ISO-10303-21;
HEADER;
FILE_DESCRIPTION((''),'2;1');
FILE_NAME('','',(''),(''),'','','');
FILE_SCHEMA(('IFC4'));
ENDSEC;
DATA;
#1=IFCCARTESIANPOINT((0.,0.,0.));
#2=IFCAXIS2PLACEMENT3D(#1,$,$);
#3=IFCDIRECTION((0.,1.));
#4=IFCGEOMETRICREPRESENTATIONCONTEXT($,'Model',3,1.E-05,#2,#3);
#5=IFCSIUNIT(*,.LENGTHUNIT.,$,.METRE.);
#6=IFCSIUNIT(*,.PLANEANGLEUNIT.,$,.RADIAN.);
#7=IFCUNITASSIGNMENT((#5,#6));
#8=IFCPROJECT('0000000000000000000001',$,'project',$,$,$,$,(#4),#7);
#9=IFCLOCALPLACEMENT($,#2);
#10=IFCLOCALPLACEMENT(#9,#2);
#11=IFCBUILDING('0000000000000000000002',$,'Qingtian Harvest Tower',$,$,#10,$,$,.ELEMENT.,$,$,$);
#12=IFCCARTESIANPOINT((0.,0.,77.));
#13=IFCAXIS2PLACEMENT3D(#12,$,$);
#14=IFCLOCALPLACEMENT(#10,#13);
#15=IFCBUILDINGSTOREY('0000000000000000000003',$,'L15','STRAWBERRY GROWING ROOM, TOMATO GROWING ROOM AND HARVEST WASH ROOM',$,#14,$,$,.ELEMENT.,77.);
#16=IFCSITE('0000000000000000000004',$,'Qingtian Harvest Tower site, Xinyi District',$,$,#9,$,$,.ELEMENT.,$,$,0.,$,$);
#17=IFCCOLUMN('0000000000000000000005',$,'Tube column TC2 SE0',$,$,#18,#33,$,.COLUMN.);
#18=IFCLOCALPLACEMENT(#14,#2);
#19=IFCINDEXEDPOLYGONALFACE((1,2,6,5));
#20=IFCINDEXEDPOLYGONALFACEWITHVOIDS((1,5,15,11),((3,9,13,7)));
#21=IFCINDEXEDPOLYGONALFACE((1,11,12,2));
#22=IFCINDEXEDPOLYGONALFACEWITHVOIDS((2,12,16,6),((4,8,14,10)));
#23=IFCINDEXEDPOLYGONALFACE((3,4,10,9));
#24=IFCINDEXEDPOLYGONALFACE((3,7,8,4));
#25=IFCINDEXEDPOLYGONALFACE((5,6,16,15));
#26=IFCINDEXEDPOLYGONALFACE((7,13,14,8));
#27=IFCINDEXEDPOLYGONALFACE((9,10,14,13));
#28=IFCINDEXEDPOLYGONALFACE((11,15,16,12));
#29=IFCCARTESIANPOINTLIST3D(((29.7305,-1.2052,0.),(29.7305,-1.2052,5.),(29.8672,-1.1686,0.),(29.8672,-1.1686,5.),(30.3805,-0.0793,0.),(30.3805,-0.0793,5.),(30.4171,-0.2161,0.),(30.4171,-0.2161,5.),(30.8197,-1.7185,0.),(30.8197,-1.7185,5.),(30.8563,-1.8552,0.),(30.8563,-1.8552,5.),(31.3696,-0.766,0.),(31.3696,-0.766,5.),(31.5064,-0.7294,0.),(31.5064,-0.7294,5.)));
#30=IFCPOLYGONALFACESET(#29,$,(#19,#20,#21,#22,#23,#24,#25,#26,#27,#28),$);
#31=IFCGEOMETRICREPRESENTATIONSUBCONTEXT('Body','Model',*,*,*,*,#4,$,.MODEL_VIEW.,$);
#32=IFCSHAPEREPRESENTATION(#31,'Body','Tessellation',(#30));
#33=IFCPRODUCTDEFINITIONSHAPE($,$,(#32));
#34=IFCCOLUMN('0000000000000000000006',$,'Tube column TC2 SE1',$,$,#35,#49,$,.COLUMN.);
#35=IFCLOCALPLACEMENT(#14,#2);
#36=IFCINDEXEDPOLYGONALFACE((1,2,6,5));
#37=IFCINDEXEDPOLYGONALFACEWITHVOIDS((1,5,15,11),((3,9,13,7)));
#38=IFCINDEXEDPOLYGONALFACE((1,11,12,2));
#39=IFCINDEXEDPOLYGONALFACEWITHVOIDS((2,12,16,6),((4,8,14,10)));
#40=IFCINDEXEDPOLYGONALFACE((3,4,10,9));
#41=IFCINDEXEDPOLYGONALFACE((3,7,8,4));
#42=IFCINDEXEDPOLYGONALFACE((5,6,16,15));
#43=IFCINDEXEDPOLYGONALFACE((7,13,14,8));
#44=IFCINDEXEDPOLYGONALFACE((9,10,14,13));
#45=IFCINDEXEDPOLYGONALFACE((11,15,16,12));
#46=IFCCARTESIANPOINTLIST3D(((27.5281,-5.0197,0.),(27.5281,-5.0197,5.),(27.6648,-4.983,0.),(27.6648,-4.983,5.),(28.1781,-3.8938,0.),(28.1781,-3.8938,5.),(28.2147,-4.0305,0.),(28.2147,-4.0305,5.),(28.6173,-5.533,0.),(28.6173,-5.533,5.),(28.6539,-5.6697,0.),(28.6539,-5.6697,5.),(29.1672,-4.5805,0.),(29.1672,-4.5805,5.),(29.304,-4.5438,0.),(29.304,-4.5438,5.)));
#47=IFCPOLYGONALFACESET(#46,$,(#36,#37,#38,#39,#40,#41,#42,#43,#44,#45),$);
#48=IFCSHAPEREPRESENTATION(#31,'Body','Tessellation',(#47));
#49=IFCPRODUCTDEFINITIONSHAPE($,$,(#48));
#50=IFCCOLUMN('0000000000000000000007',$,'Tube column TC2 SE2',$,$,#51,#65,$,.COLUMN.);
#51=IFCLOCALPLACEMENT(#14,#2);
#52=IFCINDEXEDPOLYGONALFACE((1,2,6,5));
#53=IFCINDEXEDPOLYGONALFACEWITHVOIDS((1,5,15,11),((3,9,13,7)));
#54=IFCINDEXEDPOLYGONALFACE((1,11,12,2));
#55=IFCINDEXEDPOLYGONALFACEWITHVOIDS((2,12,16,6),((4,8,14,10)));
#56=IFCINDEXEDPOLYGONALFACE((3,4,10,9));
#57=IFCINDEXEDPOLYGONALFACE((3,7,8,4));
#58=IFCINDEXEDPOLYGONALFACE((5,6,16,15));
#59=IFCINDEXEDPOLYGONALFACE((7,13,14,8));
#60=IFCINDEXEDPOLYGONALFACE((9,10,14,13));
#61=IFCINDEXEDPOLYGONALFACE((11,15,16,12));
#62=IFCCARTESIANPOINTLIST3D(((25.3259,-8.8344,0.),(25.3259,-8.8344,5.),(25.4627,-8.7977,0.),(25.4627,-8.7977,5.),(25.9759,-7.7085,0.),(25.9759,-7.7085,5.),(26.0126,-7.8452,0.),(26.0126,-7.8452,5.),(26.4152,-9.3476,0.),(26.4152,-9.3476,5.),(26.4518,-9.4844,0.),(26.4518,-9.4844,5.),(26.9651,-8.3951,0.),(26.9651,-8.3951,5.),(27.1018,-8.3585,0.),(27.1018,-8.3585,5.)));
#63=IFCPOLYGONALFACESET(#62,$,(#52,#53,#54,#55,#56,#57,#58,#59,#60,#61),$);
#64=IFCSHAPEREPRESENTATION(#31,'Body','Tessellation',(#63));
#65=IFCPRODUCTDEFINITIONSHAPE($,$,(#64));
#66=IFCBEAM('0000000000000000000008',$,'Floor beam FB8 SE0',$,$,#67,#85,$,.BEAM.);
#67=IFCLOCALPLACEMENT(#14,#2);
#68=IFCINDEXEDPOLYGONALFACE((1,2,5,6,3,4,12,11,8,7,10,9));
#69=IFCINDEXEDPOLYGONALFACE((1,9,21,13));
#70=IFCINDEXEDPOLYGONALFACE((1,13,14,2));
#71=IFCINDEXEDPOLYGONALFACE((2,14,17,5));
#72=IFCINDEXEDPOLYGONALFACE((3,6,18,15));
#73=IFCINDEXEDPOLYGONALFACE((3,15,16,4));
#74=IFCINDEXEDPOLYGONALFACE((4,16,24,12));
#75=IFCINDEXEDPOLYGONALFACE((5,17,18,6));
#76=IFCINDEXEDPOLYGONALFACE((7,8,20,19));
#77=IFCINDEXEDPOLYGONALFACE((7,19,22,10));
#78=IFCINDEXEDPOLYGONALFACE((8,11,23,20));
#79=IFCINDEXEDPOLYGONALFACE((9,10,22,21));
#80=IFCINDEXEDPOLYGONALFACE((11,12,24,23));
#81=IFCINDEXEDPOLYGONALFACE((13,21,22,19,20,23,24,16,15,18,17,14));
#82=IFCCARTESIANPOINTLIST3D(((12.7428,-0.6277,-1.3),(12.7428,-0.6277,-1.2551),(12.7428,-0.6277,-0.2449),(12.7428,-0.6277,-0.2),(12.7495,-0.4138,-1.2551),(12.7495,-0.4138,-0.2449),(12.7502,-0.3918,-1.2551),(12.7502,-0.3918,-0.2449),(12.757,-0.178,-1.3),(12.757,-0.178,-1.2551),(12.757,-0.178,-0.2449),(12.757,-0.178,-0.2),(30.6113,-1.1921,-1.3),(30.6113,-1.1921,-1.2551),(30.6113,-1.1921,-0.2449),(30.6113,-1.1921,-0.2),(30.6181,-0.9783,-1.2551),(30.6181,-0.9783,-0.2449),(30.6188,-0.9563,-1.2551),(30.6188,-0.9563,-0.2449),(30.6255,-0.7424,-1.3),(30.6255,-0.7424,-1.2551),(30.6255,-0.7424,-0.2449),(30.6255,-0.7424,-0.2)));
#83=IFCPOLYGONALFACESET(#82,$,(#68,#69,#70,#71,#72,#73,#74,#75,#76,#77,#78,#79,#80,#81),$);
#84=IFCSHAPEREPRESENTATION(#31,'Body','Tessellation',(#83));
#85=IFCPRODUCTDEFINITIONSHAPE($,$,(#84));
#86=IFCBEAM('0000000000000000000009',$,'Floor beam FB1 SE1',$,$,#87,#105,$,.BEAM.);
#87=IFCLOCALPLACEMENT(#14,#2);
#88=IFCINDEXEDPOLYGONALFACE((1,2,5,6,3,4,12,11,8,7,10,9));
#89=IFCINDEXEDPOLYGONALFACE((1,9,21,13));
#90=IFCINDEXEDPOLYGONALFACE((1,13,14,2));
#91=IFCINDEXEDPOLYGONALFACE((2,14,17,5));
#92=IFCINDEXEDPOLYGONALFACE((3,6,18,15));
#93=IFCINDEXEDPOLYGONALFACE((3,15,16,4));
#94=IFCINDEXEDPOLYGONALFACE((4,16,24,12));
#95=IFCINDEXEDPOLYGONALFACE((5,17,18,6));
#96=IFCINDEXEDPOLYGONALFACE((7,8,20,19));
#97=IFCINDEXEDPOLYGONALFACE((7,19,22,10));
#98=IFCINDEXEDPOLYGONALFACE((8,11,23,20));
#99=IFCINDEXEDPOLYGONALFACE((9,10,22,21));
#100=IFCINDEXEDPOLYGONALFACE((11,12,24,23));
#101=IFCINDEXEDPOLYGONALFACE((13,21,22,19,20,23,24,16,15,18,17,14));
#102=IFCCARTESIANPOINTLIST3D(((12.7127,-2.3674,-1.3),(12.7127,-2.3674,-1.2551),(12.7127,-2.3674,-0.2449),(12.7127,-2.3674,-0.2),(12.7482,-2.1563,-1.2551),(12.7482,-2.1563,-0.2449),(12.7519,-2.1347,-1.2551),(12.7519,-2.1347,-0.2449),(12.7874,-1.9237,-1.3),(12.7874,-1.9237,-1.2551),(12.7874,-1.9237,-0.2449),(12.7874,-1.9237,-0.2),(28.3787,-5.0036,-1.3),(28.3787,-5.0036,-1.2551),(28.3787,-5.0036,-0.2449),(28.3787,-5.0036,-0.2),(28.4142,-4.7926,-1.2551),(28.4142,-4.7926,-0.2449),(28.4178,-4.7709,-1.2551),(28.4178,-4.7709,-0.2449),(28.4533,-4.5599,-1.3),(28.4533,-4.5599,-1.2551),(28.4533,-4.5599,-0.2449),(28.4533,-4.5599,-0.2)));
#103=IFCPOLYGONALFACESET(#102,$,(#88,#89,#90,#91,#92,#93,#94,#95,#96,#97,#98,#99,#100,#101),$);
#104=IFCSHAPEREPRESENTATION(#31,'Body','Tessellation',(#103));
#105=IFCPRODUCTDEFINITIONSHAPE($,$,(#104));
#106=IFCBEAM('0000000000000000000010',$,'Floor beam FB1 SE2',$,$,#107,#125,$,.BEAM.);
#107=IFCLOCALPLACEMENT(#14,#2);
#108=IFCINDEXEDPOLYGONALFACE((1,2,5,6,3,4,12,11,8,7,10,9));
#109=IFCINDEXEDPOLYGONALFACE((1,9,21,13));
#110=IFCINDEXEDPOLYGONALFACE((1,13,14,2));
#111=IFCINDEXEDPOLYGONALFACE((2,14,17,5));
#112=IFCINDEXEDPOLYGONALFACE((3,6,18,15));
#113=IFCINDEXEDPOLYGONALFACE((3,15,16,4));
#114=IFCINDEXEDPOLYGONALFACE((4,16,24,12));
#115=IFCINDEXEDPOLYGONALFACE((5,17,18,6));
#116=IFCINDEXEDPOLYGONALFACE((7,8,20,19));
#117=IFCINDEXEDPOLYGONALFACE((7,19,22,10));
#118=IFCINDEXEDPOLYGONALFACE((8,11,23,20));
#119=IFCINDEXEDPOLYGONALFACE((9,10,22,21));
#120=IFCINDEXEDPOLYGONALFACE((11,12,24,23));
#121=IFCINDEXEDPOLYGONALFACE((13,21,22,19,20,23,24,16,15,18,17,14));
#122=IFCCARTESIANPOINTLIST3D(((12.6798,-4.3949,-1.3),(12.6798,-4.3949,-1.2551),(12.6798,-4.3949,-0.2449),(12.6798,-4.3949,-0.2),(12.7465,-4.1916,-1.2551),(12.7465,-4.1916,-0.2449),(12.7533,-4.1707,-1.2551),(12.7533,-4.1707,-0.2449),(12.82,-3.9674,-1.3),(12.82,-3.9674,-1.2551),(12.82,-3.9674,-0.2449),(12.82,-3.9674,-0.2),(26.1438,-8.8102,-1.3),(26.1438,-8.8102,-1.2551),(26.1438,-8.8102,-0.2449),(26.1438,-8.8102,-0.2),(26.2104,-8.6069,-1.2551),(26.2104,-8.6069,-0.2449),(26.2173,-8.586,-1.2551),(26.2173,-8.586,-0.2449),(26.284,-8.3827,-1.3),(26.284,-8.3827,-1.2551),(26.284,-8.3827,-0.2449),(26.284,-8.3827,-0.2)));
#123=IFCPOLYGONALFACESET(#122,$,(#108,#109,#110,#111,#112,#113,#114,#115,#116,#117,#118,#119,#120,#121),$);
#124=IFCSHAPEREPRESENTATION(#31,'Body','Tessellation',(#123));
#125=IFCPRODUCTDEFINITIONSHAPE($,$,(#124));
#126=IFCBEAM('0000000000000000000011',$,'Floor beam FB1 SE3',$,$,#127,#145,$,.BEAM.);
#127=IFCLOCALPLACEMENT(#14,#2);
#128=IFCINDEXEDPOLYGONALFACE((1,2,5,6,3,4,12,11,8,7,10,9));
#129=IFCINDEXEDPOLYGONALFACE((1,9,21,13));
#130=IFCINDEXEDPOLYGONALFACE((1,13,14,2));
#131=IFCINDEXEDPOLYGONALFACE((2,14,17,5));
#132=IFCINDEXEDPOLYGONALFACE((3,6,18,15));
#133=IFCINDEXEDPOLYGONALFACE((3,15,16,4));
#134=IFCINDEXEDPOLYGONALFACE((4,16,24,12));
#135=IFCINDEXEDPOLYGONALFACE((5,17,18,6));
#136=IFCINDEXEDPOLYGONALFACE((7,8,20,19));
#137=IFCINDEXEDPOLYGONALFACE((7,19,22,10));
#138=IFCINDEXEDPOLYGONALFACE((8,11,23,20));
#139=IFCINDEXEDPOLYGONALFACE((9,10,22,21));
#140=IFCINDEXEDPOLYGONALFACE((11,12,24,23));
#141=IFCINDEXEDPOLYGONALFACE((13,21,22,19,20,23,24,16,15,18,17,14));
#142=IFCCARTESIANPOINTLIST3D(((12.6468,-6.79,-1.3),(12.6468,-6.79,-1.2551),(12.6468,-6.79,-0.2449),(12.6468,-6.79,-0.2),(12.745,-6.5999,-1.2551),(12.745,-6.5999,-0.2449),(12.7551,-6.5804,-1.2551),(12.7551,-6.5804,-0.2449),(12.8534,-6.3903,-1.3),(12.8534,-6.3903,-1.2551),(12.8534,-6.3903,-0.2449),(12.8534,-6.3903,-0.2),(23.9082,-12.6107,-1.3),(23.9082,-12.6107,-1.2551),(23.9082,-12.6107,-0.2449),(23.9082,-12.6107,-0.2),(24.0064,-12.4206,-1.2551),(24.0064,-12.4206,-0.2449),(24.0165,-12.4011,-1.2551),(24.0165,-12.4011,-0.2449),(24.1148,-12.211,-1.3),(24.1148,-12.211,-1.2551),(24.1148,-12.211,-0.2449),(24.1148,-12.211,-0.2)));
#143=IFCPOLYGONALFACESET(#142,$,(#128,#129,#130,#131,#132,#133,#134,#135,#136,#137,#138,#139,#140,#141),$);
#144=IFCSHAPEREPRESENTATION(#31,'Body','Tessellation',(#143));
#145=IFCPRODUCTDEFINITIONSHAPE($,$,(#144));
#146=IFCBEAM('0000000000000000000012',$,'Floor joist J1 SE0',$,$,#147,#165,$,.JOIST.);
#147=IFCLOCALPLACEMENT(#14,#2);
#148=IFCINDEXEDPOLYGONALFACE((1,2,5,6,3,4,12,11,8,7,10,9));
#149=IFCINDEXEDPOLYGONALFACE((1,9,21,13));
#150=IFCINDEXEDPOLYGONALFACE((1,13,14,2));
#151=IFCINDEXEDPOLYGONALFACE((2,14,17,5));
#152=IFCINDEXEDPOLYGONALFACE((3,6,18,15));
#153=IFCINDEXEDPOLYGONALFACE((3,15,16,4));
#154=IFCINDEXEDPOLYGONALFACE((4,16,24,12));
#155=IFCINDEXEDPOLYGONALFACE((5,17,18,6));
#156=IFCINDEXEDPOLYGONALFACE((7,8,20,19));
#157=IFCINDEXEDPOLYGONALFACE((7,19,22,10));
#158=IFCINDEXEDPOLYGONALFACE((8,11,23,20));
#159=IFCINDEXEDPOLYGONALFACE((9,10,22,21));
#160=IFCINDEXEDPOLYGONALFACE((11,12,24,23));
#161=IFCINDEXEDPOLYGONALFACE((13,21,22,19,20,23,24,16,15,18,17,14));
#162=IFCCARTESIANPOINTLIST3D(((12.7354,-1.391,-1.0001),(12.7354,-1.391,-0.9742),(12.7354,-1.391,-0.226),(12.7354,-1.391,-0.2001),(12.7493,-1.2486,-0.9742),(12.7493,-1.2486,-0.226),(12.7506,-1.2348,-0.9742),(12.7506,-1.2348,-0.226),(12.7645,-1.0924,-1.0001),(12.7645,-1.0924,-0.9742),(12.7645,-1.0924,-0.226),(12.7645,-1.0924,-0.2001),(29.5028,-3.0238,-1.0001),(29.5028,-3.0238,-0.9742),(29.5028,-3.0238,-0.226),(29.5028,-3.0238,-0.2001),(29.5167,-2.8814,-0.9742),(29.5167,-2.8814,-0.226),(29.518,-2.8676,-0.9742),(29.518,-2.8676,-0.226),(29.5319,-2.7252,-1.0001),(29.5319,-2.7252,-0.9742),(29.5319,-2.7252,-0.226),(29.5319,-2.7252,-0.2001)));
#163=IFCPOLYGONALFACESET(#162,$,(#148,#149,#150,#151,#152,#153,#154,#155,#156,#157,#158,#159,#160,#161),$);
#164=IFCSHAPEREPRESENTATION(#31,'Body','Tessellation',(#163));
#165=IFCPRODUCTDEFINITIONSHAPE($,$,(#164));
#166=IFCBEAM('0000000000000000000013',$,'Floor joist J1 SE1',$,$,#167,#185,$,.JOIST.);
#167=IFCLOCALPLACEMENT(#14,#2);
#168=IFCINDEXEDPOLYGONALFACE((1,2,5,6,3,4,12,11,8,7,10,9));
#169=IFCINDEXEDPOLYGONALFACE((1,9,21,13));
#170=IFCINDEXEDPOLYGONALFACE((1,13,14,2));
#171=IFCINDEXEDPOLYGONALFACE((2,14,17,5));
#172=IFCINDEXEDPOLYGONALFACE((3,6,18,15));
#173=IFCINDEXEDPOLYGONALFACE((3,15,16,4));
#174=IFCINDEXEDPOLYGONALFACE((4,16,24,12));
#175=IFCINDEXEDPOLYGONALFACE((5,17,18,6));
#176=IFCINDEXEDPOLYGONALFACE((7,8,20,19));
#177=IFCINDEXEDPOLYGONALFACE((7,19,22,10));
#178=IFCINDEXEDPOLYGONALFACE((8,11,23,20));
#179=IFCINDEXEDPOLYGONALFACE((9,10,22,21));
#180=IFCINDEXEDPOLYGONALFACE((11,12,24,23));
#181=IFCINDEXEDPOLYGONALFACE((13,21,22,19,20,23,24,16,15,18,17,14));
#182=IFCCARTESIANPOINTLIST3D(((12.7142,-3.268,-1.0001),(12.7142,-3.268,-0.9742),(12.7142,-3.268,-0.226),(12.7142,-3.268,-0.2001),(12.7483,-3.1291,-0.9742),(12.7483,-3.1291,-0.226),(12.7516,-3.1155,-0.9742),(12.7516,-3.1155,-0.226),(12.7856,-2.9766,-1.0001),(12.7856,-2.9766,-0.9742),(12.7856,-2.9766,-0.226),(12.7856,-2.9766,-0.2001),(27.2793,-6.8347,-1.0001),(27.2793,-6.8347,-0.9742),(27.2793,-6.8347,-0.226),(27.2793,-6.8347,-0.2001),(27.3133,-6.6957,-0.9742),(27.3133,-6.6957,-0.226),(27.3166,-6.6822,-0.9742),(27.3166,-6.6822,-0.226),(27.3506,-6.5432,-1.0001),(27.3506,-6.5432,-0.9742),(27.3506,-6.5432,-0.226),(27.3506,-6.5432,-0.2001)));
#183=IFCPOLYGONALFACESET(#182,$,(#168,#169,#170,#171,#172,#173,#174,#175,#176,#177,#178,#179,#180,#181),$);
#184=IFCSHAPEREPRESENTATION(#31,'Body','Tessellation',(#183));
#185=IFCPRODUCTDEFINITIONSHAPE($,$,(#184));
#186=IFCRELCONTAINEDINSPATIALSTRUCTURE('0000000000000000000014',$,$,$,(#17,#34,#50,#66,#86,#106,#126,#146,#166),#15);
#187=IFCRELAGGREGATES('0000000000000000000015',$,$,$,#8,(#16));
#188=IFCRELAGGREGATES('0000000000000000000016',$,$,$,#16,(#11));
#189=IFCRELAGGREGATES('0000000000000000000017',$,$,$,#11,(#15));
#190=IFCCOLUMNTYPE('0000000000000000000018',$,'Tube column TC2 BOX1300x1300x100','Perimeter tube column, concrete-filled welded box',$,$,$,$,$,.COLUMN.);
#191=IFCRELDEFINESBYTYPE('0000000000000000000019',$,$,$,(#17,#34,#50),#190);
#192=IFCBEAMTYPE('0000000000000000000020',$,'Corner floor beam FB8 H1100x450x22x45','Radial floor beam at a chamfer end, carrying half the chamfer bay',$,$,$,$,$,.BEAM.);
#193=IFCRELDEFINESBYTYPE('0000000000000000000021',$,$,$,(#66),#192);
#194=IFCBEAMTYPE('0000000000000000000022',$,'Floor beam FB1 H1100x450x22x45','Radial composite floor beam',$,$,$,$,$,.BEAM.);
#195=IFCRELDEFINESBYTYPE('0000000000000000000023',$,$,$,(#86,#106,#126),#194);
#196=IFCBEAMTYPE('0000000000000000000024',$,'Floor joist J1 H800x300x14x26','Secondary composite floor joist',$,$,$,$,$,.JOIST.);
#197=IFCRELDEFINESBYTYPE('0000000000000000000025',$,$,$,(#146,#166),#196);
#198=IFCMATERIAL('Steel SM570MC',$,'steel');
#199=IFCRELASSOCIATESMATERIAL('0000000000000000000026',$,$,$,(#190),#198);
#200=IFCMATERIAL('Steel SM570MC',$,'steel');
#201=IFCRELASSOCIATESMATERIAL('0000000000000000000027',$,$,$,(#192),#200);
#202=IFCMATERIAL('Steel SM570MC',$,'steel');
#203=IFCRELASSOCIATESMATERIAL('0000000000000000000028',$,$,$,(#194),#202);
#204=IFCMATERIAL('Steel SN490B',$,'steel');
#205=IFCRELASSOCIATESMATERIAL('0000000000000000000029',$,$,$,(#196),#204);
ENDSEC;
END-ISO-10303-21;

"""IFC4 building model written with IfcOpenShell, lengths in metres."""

from ifc_helpers import new_model, si_unit, direction, frame, origin, origin_2d, place, context, subcontext, project, spatial, hollow_rectangle, i_section, extrude, material, material_profile, profile_set, type_object, element, save


model = new_model("IFC4")

# Units and contexts
model_context = context("Model", 3, precision=1e-05, world=origin(), true_north=direction((0.0, 1.0)))
body_context = subcontext(model_context, "Body", "Model", "MODEL_VIEW")
ifc_project = project(units=[si_unit("LENGTHUNIT", "METRE"), si_unit("PLANEANGLEUNIT", "RADIAN")], contexts=[model_context])

# Site, building, storey
site_placement = place(None, origin())
site = spatial("IfcSite", under=ifc_project, at=site_placement, Name="Qingtian Harvest Tower site, Xinyi District", CompositionType="ELEMENT", RefElevation=0.0)
building_placement = place(site_placement, origin())
building = spatial("IfcBuilding", under=site, at=building_placement, Name="Qingtian Harvest Tower", CompositionType="ELEMENT")
storey_placement = place(building_placement, frame((0.0, 0.0, 77.0)))
storey = spatial("IfcBuildingStorey", under=building, at=storey_placement, Name="L15", Description="STRAWBERRY GROWING ROOM, TOMATO GROWING ROOM AND HARVEST WASH ROOM", CompositionType="ELEMENT", Elevation=77.0)

# Columns
ifc_material_1 = material(Name="Steel SM570MC", Category="steel")
ifc_material_profile_1 = material_profile(ifc_material_1, hollow_rectangle(XDim=1.3, YDim=1.3, WallThickness=0.1001, at=origin_2d()), Name="BOX1300x1300x100")
ifc_profile_set_1 = profile_set([ifc_material_profile_1], Name="Steel SM570MC")
column_type = type_object("IfcColumnType", Name="Tube column TC2 BOX1300x1300x100", Description="Perimeter tube column, concrete-filled welded box", PredefinedType="COLUMN", material=ifc_profile_set_1)
for number, where, z_axis, x_axis, name in (
    (1, (30.6184, -0.9673, 0.0), (0.0, 0.0, 1.0), (0.5, 0.866025, 0.0), "Tube column TC2 SE0"),
    (2, (28.416, -4.7817, 0.0), (0.0, 0.0, 1.0), (0.5, 0.866025, 0.0), "Tube column TC2 SE1"),
    (3, (26.2139, -8.5964, 0.0), (0.0, 0.0, 1.0), (0.5, 0.866025, 0.0), "Tube column TC2 SE2"),
):
    element("IfcColumn", number, at=place(storey_placement, frame(where, z_axis=z_axis, x_axis=x_axis)), inside=storey, type_object=column_type, Name=name, PredefinedType="COLUMN", context=body_context, shape_type="SweptSolid", body=[
        extrude(hollow_rectangle(XDim=1.3, YDim=1.3, WallThickness=0.1001, at=origin_2d()), origin(), (0.0, 0.0, 1.0), 5.0),
    ])

# Beams
ifc_material_2 = material(Name="Steel SM570MC", Category="steel")
ifc_material_profile_2 = material_profile(ifc_material_2, i_section(OverallWidth=0.45, OverallDepth=1.1001, WebThickness=0.022, FlangeThickness=0.0449, at=origin_2d()), Name="H1100x450x22x45")
ifc_profile_set_2 = profile_set([ifc_material_profile_2], Name="Steel SM570MC")
beam_type_1 = type_object("IfcBeamType", Name="Corner floor beam FB8 H1100x450x22x45", Description="Radial floor beam at a chamfer end, carrying half the chamfer bay", PredefinedType="BEAM", material=ifc_profile_set_2)
beam_1_placement = place(storey_placement, frame((30.6184, -0.9673, -0.75), z_axis=(-0.999501, 0.031574, 0.0), x_axis=(-0.031574, -0.999501, 0.0)))
element("IfcBeam", 4, at=beam_1_placement, inside=storey, type_object=beam_type_1, Name="Floor beam FB8 SE0", PredefinedType="BEAM", context=body_context, shape_type="SweptSolid", body=[
    extrude(i_section(OverallWidth=0.45, OverallDepth=1.1001, WebThickness=0.022, FlangeThickness=0.0449, at=origin_2d()), origin(), (0.0, 0.0, 1.0), 17.8774),
])
ifc_material_3 = material(Name="Steel SM570MC", Category="steel")
ifc_material_profile_3 = material_profile(ifc_material_3, i_section(OverallWidth=0.45, OverallDepth=1.1001, WebThickness=0.022, FlangeThickness=0.0449, at=origin_2d()), Name="H1100x450x22x45")
ifc_profile_set_3 = profile_set([ifc_material_profile_3], Name="Steel SM570MC")
beam_type_2 = type_object("IfcBeamType", Name="Floor beam FB1 H1100x450x22x45", Description="Radial composite floor beam", PredefinedType="BEAM", material=ifc_profile_set_3)
beam_2_placement = place(storey_placement, frame((28.416, -4.7817, -0.75), z_axis=(-0.986135, 0.165944, 0.0), x_axis=(-0.165944, -0.986135, 0.0)))
element("IfcBeam", 5, at=beam_2_placement, inside=storey, type_object=beam_type_2, Name="Floor beam FB1 SE1", PredefinedType="BEAM", context=body_context, shape_type="SweptSolid", body=[
    extrude(i_section(OverallWidth=0.45, OverallDepth=1.1001, WebThickness=0.022, FlangeThickness=0.0449, at=origin_2d()), origin(), (0.0, 0.0, 1.0), 15.8862),
])
beam_3_placement = place(storey_placement, frame((26.2139, -8.5964, -0.75), z_axis=(-0.950211, 0.311608, 0.0), x_axis=(-0.311608, -0.950211, 0.0)))
element("IfcBeam", 6, at=beam_3_placement, inside=storey, type_object=beam_type_2, Name="Floor beam FB1 SE2", PredefinedType="BEAM", context=body_context, shape_type="SweptSolid", body=[
    extrude(i_section(OverallWidth=0.45, OverallDepth=1.1001, WebThickness=0.022, FlangeThickness=0.0449, at=origin_2d()), origin(), (0.0, 0.0, 1.0), 14.1694),
])
beam_4_placement = place(storey_placement, frame((24.0115, -12.4109, -0.75), z_axis=(-0.88835, 0.459168, 0.0), x_axis=(-0.459168, -0.88835, 0.0)))
element("IfcBeam", 7, at=beam_4_placement, inside=storey, type_object=beam_type_2, Name="Floor beam FB1 SE3", PredefinedType="BEAM", context=body_context, shape_type="SweptSolid", body=[
    extrude(i_section(OverallWidth=0.45, OverallDepth=1.1001, WebThickness=0.022, FlangeThickness=0.0449, at=origin_2d()), origin(), (0.0, 0.0, 1.0), 12.6768),
])
ifc_material_4 = material(Name="Steel SN490B", Category="steel")
ifc_material_profile_4 = material_profile(ifc_material_4, i_section(OverallWidth=0.3, OverallDepth=0.8, WebThickness=0.0139, FlangeThickness=0.0259, at=origin_2d()), Name="H800x300x14x26")
ifc_profile_set_4 = profile_set([ifc_material_profile_4], Name="Steel SN490B")
beam_type_3 = type_object("IfcBeamType", Name="Floor joist J1 H800x300x14x26", Description="Secondary composite floor joist", PredefinedType="JOIST", material=ifc_profile_set_4)
beam_5_placement = place(storey_placement, frame((29.5173, -2.8745, -0.6001), z_axis=(-0.995292, 0.096922, 0.0), x_axis=(-0.096922, -0.995292, 0.0)))
element("IfcBeam", 8, at=beam_5_placement, inside=storey, type_object=beam_type_3, Name="Floor joist J1 SE0", PredefinedType="JOIST", context=body_context, shape_type="SweptSolid", body=[
    extrude(i_section(OverallWidth=0.3, OverallDepth=0.8, WebThickness=0.0139, FlangeThickness=0.0259, at=origin_2d()), origin(), (0.0, 0.0, 1.0), 16.8467),
])
beam_6_placement = place(storey_placement, frame((27.3149, -6.689, -0.6001), z_axis=(-0.971302, 0.237851, 0.0), x_axis=(-0.237851, -0.971302, 0.0)))
element("IfcBeam", 9, at=beam_6_placement, inside=storey, type_object=beam_type_3, Name="Floor joist J1 SE1", PredefinedType="JOIST", context=body_context, shape_type="SweptSolid", body=[
    extrude(i_section(OverallWidth=0.3, OverallDepth=0.8, WebThickness=0.0139, FlangeThickness=0.0259, at=origin_2d()), origin(), (0.0, 0.0, 1.0), 14.9954),
])

save(model, "model.ifc")
